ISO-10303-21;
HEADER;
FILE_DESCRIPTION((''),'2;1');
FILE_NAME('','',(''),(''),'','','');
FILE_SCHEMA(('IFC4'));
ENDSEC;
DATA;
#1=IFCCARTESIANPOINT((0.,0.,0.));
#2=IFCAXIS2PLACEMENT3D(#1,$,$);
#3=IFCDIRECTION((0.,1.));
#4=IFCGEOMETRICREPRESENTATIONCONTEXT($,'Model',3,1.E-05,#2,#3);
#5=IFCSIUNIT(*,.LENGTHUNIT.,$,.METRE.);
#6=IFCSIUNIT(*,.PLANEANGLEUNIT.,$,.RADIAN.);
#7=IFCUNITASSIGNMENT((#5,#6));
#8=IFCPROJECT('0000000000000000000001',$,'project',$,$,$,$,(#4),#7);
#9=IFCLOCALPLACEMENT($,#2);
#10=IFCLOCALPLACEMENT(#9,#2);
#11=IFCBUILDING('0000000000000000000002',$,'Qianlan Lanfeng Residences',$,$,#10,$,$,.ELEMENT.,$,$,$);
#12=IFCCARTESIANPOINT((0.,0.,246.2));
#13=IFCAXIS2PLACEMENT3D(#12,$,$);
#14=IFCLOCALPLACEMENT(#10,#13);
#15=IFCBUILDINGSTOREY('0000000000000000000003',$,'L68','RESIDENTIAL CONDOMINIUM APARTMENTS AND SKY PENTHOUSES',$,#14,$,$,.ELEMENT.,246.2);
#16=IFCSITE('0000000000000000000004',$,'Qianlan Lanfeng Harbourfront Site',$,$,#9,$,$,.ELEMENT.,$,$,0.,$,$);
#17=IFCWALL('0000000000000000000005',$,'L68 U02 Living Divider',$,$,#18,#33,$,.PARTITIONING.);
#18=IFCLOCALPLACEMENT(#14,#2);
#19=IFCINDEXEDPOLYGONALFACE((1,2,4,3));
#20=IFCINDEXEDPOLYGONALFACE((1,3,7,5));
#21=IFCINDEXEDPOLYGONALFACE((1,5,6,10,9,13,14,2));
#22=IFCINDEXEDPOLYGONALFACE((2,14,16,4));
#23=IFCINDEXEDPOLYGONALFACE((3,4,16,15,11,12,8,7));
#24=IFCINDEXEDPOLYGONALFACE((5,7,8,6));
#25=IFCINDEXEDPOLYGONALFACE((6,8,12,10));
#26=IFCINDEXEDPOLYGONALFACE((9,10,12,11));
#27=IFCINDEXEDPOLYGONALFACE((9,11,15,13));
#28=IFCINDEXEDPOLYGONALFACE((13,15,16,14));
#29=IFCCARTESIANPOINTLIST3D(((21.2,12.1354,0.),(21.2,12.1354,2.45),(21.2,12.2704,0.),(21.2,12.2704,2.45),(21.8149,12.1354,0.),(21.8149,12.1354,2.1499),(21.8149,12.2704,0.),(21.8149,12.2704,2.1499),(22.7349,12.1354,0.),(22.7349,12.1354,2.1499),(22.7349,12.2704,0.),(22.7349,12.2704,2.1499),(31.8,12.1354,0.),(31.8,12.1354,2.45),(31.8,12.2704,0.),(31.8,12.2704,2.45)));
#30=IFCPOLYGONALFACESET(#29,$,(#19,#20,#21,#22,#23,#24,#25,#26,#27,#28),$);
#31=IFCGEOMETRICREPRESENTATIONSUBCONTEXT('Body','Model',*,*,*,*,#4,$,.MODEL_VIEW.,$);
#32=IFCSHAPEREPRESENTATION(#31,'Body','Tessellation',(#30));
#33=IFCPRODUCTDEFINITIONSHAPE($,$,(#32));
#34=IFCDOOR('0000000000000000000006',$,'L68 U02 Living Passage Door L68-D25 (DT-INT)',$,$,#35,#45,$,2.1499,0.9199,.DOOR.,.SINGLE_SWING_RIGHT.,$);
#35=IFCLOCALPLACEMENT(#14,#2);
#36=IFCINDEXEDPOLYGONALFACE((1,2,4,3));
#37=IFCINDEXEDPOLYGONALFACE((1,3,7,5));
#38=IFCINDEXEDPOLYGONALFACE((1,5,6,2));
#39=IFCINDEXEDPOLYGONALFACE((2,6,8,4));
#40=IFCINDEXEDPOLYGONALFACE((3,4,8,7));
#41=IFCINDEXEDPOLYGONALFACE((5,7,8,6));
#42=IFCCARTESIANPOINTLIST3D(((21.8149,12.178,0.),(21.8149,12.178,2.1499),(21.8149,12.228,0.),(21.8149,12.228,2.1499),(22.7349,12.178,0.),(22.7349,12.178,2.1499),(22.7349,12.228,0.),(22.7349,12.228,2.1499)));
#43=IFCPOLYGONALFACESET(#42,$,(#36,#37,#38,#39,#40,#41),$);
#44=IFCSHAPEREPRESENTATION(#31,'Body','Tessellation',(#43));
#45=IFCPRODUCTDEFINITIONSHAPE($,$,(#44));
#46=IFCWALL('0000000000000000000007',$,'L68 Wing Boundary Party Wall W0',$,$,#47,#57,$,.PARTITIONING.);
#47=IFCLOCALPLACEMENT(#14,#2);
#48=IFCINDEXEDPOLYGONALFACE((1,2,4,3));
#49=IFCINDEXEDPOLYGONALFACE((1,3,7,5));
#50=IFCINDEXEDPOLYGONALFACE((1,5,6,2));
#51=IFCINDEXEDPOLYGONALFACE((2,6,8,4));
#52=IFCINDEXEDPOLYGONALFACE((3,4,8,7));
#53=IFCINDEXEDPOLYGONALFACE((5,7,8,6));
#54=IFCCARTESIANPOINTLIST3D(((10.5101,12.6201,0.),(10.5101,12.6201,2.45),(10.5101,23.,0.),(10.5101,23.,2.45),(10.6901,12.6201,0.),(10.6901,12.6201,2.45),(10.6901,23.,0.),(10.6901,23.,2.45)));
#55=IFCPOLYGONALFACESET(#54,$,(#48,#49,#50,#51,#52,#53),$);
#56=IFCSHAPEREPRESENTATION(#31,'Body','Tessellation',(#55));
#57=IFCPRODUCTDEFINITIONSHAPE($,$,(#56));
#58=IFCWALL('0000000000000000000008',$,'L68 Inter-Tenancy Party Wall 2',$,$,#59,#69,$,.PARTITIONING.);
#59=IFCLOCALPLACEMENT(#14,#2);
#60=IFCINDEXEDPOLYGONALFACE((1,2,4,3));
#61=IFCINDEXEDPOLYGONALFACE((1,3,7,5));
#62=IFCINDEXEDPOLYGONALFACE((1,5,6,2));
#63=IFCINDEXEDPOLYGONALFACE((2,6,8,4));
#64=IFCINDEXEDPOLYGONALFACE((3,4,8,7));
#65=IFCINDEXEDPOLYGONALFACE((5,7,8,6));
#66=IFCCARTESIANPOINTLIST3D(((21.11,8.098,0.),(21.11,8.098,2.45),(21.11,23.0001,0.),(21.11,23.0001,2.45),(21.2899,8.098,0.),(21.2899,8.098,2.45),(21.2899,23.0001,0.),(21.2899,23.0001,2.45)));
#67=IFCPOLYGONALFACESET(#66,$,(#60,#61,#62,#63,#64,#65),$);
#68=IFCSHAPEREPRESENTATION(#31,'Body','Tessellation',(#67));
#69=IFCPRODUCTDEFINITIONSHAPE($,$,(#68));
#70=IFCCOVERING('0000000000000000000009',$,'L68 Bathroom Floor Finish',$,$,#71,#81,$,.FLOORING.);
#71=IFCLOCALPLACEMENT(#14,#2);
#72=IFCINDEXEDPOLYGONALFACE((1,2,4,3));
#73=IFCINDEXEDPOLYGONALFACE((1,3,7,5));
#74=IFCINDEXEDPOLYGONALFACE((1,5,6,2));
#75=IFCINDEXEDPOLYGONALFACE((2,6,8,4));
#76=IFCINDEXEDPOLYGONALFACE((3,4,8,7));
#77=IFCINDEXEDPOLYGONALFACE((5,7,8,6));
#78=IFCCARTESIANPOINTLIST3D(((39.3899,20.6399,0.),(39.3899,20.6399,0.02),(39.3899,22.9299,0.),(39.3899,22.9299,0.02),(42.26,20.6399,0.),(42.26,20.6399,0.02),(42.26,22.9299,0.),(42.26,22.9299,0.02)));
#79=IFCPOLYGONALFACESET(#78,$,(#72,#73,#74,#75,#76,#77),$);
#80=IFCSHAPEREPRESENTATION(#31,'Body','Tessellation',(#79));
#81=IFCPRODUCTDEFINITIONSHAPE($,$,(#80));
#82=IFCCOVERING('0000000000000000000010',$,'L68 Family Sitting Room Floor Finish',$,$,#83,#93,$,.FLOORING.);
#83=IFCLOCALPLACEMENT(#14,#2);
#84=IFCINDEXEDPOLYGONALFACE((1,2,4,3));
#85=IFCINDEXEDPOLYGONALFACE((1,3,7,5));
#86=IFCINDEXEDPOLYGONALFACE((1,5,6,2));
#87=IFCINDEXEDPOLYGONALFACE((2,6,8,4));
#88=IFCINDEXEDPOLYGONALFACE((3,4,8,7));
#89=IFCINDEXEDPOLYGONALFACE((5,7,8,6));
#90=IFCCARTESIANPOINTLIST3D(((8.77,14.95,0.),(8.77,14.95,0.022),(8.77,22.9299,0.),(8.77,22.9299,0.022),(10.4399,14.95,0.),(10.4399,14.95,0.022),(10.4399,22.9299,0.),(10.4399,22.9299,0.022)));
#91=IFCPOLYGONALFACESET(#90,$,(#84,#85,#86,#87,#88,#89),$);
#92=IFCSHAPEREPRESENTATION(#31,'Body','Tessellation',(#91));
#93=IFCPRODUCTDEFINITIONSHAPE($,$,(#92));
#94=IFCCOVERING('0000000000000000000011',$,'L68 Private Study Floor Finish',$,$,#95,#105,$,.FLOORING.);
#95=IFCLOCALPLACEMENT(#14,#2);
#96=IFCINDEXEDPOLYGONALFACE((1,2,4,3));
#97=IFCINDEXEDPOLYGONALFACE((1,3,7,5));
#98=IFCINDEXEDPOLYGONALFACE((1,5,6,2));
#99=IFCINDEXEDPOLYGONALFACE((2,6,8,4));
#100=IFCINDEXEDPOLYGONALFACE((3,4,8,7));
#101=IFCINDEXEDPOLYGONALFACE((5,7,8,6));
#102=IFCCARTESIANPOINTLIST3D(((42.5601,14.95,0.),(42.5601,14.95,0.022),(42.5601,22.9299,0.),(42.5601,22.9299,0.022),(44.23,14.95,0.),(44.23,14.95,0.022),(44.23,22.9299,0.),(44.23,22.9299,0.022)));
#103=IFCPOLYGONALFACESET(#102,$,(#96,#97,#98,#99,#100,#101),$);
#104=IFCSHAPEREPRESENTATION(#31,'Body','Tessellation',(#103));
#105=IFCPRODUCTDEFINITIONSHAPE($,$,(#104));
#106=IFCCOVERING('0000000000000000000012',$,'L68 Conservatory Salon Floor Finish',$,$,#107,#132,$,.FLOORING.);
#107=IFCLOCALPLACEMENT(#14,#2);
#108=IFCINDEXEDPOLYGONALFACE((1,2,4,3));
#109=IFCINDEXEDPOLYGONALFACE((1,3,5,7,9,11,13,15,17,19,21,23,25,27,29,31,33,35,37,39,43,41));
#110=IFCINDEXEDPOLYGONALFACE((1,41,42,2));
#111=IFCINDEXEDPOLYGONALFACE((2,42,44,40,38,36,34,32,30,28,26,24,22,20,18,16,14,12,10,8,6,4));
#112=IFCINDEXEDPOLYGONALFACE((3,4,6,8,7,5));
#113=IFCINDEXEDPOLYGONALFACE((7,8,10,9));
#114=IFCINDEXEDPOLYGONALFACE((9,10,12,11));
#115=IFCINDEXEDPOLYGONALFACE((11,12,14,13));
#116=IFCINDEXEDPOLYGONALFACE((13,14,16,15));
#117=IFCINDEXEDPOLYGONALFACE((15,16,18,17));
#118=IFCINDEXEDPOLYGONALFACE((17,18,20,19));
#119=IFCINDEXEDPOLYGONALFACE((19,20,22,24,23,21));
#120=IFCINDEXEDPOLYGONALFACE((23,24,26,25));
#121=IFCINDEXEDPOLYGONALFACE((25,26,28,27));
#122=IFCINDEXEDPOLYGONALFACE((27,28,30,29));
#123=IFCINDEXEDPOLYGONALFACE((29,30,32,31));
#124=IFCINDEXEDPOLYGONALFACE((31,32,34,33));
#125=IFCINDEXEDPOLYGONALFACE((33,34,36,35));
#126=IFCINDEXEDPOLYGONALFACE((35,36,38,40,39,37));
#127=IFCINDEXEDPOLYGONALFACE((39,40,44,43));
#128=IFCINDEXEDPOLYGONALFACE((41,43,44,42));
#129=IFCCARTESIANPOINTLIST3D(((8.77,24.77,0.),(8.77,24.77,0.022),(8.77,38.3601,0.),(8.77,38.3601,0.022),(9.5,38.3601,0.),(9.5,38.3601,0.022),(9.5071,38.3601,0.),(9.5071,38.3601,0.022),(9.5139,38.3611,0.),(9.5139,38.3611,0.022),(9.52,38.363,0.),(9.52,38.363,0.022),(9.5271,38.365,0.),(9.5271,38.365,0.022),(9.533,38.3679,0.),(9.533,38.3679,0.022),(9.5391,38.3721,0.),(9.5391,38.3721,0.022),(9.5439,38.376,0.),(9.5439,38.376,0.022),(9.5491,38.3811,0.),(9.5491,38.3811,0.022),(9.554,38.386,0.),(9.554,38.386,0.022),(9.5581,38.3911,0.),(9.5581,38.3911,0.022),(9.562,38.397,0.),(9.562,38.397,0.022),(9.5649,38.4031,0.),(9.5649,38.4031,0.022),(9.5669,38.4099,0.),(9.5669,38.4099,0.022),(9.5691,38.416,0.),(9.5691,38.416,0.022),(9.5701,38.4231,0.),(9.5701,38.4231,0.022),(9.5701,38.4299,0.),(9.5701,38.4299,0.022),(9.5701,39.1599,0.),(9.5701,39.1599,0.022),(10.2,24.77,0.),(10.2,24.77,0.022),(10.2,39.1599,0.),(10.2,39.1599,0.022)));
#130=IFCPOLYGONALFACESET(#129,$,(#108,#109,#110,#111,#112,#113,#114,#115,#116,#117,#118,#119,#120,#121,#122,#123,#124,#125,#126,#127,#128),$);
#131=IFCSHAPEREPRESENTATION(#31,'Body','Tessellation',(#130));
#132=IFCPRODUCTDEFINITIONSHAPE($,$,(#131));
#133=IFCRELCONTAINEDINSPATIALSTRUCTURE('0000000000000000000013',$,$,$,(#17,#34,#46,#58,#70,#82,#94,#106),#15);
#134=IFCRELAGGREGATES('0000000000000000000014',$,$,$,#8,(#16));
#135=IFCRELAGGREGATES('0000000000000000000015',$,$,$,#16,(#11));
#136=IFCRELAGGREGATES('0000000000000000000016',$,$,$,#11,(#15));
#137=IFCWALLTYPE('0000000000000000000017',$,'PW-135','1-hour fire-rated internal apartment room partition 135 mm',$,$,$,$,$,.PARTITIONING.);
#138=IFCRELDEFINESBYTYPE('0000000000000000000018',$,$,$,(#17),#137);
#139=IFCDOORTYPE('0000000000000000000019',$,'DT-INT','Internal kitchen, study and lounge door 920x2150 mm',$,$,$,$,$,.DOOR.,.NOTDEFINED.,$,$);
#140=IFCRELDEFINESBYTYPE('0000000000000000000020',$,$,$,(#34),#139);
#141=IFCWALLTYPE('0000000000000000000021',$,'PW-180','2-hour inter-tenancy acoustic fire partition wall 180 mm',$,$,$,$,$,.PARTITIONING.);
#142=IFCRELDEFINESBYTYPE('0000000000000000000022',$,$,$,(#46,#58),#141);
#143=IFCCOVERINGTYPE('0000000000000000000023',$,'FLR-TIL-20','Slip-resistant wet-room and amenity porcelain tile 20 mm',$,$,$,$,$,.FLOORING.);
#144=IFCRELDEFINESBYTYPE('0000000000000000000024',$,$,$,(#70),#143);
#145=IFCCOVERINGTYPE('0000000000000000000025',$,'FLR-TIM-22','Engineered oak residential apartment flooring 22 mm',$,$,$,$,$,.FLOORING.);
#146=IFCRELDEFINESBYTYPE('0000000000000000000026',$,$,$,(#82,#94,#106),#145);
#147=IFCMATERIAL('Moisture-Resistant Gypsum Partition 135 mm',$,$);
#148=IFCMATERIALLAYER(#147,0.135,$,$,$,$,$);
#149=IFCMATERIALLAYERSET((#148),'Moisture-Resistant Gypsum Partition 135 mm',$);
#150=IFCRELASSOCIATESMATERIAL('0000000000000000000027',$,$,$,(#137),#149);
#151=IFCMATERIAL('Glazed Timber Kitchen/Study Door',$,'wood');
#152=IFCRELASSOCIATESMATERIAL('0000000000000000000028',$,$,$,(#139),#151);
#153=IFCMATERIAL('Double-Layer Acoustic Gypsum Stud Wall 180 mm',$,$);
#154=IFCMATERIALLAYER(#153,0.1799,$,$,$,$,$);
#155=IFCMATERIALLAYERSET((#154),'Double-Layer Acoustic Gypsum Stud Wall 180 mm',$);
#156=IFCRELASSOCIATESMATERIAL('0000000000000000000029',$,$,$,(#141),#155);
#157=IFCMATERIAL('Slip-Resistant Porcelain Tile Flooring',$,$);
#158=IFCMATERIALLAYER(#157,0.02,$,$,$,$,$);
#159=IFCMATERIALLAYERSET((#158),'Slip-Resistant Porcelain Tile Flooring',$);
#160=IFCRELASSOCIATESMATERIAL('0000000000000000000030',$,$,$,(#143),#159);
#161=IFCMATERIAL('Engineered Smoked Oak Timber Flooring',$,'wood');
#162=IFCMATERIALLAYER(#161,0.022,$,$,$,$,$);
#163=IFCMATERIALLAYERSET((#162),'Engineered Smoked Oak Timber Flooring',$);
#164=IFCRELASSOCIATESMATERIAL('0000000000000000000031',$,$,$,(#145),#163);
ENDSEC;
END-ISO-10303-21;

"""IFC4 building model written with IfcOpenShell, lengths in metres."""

from ifc_helpers import new_model, si_unit, direction, frame, frame_2d, origin, place, context, subcontext, project, spatial, polyline, rectangle, outline, extrude, material, layer, layer_set, type_object, element, fill, save


model = new_model("IFC4")

# Units and contexts
model_context = context("Model", 3, precision=1e-05, world=origin(), true_north=direction((0.0, 1.0)))
body_context = subcontext(model_context, "Body", "Model", "MODEL_VIEW")
ifc_project = project(units=[si_unit("LENGTHUNIT", "METRE"), si_unit("PLANEANGLEUNIT", "RADIAN")], contexts=[model_context])

# Site, building, storey
site_placement = place(None, origin())
site = spatial("IfcSite", under=ifc_project, at=site_placement, Name="Qianlan Lanfeng Harbourfront Site", CompositionType="ELEMENT", RefElevation=0.0)
building_placement = place(site_placement, origin())
building = spatial("IfcBuilding", under=site, at=building_placement, Name="Qianlan Lanfeng Residences", CompositionType="ELEMENT")
storey_placement = place(building_placement, frame((0.0, 0.0, 246.2)))
storey = spatial("IfcBuildingStorey", under=building, at=storey_placement, Name="L68", Description="RESIDENTIAL CONDOMINIUM APARTMENTS AND SKY PENTHOUSES", CompositionType="ELEMENT", Elevation=246.2)

# Shared definitions
ifc_material_1 = material(Name="Moisture-Resistant Gypsum Partition 135 mm")
ifc_layer_1 = layer(ifc_material_1, 0.135)
ifc_layer_set_1 = layer_set([ifc_layer_1], Name="Moisture-Resistant Gypsum Partition 135 mm")
wall_type_1 = type_object("IfcWallType", Name="PW-135", Description="1-hour fire-rated internal apartment room partition 135 mm", PredefinedType="PARTITIONING", material=ifc_layer_set_1)
ifc_material_2 = material(Name="Glazed Timber Kitchen/Study Door", Category="wood")
door_type_1 = type_object("IfcDoorType", Name="DT-INT", Description="Internal kitchen, study and lounge door 920x2150 mm", OperationType="NOTDEFINED", PredefinedType="DOOR", material=ifc_material_2)

# Wall, opening, door
wall_1_placement = place(storey_placement, frame((21.2, 12.2029, 0.0), z_axis=(0.0, 0.0, 1.0), x_axis=(1.0, 0.0, 0.0)))
wall_1 = element("IfcWall", 1, at=wall_1_placement, inside=storey, type_object=wall_type_1, Name="L68 U02 Living Divider", PredefinedType="PARTITIONING", context=body_context, shape_type="SweptSolid", body=[
    extrude(rectangle(XDim=10.6001, YDim=0.135, at=frame_2d((5.3, 0.0))), origin(), (0.0, 0.0, 1.0), 2.45),
])
opening_1_placement = place(wall_1_placement, frame((0.615, 0.0, 0.0)))
opening_1 = element("IfcOpeningElement", 2, at=opening_1_placement, cuts=wall_1, PredefinedType="OPENING", context=body_context, shape_type="SweptSolid", body=[
    extrude(rectangle(XDim=0.9199, YDim=2.1499, at=frame_2d((0.46, 1.075))), frame((0.0, 0.0776, 0.0), z_axis=(0.0, -1.0, 0.0), x_axis=(1.0, 0.0, 0.0)), (0.0, 0.0, 1.0), 0.155),
])
door_1_placement = place(opening_1_placement, frame((0.9199, 0.0, 0.0), z_axis=(0.0, 0.0, 1.0), x_axis=(-1.0, 0.0, 0.0)))
door_1 = element("IfcDoor", 3, at=door_1_placement, inside=storey, type_object=door_type_1, Name="L68 U02 Living Passage Door L68-D25 (DT-INT)", OperationType="SINGLE_SWING_RIGHT", OverallHeight=2.1499, OverallWidth=0.9199, PredefinedType="DOOR", context=body_context, shape_type="SweptSolid", body=[
    extrude(rectangle(XDim=0.9199, YDim=2.1499, at=frame_2d((0.46, 1.075))), frame((0.0, 0.0249, 0.0), z_axis=(0.0, -1.0, 0.0), x_axis=(1.0, 0.0, 0.0)), (0.0, 0.0, 1.0), 0.05),
])
fill(opening_1, door_1)

# Walls
ifc_material_3 = material(Name="Double-Layer Acoustic Gypsum Stud Wall 180 mm")
ifc_layer_2 = layer(ifc_material_3, 0.1799)
ifc_layer_set_2 = layer_set([ifc_layer_2], Name="Double-Layer Acoustic Gypsum Stud Wall 180 mm")
wall_type_2 = type_object("IfcWallType", Name="PW-180", Description="2-hour inter-tenancy acoustic fire partition wall 180 mm", PredefinedType="PARTITIONING", material=ifc_layer_set_2)
wall_2_placement = place(storey_placement, frame((10.6001, 12.6201, 0.0), z_axis=(0.0, 0.0, 1.0), x_axis=(0.0, 1.0, 0.0)))
element("IfcWall", 4, at=wall_2_placement, inside=storey, type_object=wall_type_2, Name="L68 Wing Boundary Party Wall W0", PredefinedType="PARTITIONING", context=body_context, shape_type="SweptSolid", body=[
    extrude(rectangle(XDim=10.3799, YDim=0.1799, at=frame_2d((5.1899, 0.0))), origin(), (0.0, 0.0, 1.0), 2.45),
])
wall_3_placement = place(storey_placement, frame((21.2, 8.0979, 0.0), z_axis=(0.0, 0.0, 1.0), x_axis=(0.0, 1.0, 0.0)))
element("IfcWall", 5, at=wall_3_placement, inside=storey, type_object=wall_type_2, Name="L68 Inter-Tenancy Party Wall 2", PredefinedType="PARTITIONING", context=body_context, shape_type="SweptSolid", body=[
    extrude(rectangle(XDim=14.9021, YDim=0.1799, at=frame_2d((7.4512, 0.0))), origin(), (0.0, 0.0, 1.0), 2.45),
])

# Coverings
ifc_material_4 = material(Name="Slip-Resistant Porcelain Tile Flooring")
ifc_layer_3 = layer(ifc_material_4, 0.02)
ifc_layer_set_3 = layer_set([ifc_layer_3], Name="Slip-Resistant Porcelain Tile Flooring")
covering_type_1 = type_object("IfcCoveringType", Name="FLR-TIL-20", Description="Slip-resistant wet-room and amenity porcelain tile 20 mm", PredefinedType="FLOORING", material=ifc_layer_set_3)
covering_1_placement = place(storey_placement, origin())
element("IfcCovering", 6, at=covering_1_placement, inside=storey, type_object=covering_type_1, Name="L68 Bathroom Floor Finish", PredefinedType="FLOORING", context=body_context, shape_type="SweptSolid", body=[
    extrude(outline(polyline([(39.3899, 20.6399), (42.26, 20.6399), (42.26, 22.9299), (39.3899, 22.9299), (39.3899, 20.6399)])), origin(), (0.0, 0.0, 1.0), 0.02),
])
ifc_material_5 = material(Name="Engineered Smoked Oak Timber Flooring", Category="wood")
ifc_layer_4 = layer(ifc_material_5, 0.022)
ifc_layer_set_4 = layer_set([ifc_layer_4], Name="Engineered Smoked Oak Timber Flooring")
covering_type_2 = type_object("IfcCoveringType", Name="FLR-TIM-22", Description="Engineered oak residential apartment flooring 22 mm", PredefinedType="FLOORING", material=ifc_layer_set_4)
covering_2_placement = place(storey_placement, origin())
element("IfcCovering", 7, at=covering_2_placement, inside=storey, type_object=covering_type_2, Name="L68 Family Sitting Room Floor Finish", PredefinedType="FLOORING", context=body_context, shape_type="SweptSolid", body=[
    extrude(outline(polyline([(10.4399, 22.9299), (8.77, 22.9299), (8.77, 14.95), (10.4399, 14.95), (10.4399, 22.9299)])), origin(), (0.0, 0.0, 1.0), 0.022),
])
covering_3_placement = place(storey_placement, origin())
element("IfcCovering", 8, at=covering_3_placement, inside=storey, type_object=covering_type_2, Name="L68 Private Study Floor Finish", PredefinedType="FLOORING", context=body_context, shape_type="SweptSolid", body=[
    extrude(outline(polyline([(44.23, 22.9299), (42.5601, 22.9299), (42.5601, 14.95), (44.23, 14.95), (44.23, 22.9299)])), origin(), (0.0, 0.0, 1.0), 0.022),
])
covering_4_placement = place(storey_placement, origin())
element("IfcCovering", 9, at=covering_4_placement, inside=storey, type_object=covering_type_2, Name="L68 Conservatory Salon Floor Finish", PredefinedType="FLOORING", context=body_context, shape_type="SweptSolid", body=[
    extrude(outline(polyline([(10.2, 24.77), (10.2, 39.1599), (9.5701, 39.1599), (9.5701, 38.4299), (9.5701, 38.4231), (9.5691, 38.416), (9.5669, 38.4099), (9.5649, 38.4031), (9.562, 38.397), (9.5581, 38.3911), (9.554, 38.386), (9.5491, 38.3811), (9.5439, 38.376), (9.5391, 38.3721), (9.533, 38.3679), (9.5271, 38.365), (9.52, 38.363), (9.5139, 38.3611), (9.5071, 38.3601), (9.5, 38.3601), (8.77, 38.3601), (8.77, 24.77), (10.2, 24.77)])), origin(), (0.0, 0.0, 1.0), 0.022),
])

save(model, "model.ifc")
